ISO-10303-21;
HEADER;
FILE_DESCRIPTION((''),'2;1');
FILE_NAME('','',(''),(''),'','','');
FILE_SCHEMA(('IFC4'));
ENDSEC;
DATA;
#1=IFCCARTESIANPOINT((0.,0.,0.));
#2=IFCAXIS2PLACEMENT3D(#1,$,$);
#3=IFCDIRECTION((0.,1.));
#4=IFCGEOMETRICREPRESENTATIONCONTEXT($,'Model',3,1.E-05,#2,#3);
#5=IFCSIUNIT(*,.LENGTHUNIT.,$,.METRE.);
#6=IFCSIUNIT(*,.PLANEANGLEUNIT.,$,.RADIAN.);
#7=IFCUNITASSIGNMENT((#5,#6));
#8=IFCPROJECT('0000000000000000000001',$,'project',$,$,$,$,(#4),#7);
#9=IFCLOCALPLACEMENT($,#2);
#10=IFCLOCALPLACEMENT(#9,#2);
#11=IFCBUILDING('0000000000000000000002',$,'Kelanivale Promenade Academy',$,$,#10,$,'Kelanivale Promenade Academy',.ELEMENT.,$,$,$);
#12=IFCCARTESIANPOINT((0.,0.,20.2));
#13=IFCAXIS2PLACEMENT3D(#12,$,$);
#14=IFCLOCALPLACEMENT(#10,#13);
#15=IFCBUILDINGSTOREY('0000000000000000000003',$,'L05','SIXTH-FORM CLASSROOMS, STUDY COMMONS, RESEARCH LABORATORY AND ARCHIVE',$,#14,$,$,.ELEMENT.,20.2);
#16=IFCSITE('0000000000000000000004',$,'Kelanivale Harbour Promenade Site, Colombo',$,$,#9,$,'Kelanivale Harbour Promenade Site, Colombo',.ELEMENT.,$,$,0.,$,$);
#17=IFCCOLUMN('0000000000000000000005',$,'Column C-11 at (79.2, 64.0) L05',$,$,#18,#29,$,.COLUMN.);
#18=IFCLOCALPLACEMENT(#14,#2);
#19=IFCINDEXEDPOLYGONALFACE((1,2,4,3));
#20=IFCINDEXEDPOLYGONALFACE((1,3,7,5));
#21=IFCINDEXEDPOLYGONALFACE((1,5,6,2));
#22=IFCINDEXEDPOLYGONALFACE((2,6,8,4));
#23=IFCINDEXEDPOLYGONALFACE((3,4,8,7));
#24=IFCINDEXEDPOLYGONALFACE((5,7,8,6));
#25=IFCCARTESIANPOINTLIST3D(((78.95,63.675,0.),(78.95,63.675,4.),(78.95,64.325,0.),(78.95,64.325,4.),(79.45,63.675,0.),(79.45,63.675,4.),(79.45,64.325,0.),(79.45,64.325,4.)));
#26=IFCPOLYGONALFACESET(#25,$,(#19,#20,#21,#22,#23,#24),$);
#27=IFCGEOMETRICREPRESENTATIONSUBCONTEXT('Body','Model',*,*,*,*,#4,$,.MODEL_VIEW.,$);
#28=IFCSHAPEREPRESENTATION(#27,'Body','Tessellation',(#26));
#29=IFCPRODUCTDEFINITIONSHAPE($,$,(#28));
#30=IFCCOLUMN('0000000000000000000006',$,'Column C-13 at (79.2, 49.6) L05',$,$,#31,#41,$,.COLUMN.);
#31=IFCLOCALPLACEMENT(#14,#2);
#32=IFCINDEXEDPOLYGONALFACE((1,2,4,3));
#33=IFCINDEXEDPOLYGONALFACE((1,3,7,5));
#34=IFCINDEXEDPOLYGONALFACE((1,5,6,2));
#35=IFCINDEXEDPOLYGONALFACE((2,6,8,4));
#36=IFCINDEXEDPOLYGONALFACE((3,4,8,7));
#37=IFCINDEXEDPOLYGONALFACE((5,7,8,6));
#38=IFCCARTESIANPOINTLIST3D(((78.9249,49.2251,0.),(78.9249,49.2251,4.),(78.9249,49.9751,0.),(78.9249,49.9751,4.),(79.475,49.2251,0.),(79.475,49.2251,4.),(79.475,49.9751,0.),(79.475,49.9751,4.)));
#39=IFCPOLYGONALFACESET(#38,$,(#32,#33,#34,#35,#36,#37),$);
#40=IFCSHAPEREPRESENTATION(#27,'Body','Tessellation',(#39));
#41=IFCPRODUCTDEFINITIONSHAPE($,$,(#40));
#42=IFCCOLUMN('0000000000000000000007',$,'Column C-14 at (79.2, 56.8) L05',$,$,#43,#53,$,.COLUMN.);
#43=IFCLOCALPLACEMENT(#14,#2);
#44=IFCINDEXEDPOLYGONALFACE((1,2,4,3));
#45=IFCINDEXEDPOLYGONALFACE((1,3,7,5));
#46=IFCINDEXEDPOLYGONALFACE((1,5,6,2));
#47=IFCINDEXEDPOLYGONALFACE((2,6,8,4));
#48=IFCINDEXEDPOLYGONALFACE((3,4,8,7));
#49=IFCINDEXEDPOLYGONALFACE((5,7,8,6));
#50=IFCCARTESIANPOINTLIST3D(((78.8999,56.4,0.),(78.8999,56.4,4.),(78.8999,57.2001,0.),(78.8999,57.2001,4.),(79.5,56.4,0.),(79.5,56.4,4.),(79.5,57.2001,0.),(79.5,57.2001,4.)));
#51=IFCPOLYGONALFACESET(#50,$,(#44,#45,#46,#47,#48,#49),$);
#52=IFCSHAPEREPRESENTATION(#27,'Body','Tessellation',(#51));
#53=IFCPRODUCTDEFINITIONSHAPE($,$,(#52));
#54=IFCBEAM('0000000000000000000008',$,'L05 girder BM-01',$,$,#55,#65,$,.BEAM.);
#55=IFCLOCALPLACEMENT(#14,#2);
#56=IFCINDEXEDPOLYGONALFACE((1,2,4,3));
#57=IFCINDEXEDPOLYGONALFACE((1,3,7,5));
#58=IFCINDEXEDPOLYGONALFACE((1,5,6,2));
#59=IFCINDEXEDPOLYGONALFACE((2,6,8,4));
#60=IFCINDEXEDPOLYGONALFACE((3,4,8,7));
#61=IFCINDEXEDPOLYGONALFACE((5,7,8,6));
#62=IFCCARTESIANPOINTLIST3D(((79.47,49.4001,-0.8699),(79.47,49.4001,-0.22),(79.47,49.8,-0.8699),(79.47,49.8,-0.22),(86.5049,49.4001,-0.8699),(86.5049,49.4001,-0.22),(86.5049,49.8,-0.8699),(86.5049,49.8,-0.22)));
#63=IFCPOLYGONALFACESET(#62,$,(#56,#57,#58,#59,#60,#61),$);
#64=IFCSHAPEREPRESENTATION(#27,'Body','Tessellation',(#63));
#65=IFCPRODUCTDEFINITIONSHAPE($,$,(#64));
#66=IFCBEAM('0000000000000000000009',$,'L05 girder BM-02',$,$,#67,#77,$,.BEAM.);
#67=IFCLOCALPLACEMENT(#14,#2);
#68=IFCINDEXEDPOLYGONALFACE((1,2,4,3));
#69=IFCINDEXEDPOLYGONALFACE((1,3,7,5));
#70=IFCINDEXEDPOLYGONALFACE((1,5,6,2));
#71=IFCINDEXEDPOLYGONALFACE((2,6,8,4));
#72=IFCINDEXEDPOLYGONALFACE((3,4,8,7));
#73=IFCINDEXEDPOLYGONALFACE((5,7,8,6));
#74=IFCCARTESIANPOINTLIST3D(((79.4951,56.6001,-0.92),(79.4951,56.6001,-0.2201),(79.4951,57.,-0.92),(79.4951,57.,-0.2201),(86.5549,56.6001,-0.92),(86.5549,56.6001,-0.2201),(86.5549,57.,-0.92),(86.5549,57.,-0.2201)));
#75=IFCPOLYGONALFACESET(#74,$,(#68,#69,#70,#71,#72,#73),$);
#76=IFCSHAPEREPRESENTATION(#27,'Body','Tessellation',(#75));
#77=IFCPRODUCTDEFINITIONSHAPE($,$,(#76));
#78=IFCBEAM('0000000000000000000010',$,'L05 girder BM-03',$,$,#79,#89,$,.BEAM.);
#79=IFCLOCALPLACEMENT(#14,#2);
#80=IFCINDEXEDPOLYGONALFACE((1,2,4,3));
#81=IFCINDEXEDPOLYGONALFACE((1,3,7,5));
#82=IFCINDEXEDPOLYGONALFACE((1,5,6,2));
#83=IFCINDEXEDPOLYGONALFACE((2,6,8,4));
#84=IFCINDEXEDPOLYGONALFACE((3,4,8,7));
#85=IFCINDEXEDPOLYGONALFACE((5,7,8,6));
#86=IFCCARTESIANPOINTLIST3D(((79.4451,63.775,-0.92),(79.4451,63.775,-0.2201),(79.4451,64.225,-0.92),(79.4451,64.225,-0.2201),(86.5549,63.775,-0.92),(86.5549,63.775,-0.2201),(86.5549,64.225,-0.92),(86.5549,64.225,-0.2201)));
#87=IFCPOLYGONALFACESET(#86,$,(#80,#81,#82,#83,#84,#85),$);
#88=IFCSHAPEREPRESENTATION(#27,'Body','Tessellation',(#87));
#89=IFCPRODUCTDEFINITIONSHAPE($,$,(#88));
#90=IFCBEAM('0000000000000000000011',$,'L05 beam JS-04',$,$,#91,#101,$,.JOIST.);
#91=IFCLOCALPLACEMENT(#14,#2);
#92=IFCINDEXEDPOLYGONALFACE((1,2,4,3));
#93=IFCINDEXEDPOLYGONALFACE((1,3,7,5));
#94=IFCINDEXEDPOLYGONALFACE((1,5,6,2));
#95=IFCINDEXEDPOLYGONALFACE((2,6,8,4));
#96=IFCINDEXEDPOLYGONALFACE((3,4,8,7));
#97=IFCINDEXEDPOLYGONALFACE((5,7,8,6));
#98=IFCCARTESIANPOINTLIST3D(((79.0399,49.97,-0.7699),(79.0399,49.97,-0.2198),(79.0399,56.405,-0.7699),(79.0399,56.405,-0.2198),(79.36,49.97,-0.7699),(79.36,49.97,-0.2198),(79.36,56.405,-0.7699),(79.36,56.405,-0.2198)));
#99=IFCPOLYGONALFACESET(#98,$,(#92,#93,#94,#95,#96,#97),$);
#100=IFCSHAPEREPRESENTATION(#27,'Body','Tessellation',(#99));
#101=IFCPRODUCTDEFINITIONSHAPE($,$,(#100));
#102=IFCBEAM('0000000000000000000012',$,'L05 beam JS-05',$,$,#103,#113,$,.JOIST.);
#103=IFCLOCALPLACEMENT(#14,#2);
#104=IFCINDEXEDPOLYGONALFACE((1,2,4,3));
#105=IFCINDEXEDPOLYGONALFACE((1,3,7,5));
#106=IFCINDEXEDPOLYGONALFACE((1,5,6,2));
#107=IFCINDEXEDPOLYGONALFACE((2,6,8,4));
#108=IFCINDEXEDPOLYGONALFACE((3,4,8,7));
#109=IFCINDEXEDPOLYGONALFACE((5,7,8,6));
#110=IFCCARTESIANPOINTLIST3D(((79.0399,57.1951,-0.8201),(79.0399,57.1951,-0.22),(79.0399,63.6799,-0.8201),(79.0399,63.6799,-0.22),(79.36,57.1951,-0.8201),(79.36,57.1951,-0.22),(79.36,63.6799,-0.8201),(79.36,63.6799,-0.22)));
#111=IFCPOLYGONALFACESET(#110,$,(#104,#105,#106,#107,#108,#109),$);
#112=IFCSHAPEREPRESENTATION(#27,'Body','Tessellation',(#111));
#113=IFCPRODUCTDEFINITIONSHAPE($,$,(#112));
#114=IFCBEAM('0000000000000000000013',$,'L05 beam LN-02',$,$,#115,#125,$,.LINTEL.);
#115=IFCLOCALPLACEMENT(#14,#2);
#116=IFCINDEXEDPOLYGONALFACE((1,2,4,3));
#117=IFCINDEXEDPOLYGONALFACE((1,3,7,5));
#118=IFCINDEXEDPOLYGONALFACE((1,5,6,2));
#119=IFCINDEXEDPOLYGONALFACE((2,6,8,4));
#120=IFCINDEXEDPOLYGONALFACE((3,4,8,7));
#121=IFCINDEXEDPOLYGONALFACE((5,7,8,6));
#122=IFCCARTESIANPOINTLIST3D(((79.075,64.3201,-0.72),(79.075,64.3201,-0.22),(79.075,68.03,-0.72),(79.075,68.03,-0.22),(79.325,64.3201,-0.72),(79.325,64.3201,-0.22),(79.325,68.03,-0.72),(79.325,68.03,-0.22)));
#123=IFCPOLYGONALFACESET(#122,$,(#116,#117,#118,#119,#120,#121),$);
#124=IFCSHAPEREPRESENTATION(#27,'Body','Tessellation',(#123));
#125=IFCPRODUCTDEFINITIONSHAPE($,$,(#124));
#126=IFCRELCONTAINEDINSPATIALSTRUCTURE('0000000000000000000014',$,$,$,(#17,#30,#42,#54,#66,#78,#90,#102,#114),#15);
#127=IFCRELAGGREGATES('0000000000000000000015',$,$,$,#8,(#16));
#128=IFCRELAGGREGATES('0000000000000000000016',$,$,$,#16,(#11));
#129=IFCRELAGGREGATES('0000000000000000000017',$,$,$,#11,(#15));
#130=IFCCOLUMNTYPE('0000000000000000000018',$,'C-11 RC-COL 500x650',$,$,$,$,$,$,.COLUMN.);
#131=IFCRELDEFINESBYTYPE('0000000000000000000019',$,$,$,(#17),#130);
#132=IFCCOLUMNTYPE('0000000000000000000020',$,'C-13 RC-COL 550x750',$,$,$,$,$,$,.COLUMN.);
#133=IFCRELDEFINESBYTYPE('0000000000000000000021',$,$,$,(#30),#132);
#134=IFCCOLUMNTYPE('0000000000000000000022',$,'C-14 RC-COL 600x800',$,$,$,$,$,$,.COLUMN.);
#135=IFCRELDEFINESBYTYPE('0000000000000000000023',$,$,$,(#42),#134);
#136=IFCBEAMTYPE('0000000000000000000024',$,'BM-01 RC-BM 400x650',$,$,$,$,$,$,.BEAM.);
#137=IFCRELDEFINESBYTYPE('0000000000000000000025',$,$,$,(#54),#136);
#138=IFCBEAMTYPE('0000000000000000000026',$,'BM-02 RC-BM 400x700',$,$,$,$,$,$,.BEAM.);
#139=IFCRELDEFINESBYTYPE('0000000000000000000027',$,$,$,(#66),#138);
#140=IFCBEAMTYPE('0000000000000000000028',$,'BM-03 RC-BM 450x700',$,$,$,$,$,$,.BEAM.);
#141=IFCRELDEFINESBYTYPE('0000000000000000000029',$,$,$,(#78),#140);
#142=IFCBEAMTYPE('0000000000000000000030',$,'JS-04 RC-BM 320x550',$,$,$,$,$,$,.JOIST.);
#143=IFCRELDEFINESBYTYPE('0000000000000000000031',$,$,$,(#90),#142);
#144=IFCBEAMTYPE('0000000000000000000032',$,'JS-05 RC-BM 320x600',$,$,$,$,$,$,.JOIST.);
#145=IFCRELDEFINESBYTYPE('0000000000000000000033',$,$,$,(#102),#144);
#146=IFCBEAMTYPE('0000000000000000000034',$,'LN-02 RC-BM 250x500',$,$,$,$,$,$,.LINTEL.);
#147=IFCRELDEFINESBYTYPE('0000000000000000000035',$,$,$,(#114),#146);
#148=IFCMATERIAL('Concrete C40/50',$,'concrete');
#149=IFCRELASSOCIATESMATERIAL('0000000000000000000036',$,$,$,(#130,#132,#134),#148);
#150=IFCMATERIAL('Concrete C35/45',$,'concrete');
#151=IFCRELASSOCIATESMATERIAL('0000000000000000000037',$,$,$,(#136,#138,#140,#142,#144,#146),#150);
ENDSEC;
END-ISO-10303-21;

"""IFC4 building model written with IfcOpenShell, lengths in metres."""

from ifc_helpers import new_model, si_unit, direction, frame, origin, origin_2d, place, context, subcontext, project, spatial, rectangle, extrude, material, material_profile, profile_set, type_object, element, save


model = new_model("IFC4")

# Units and contexts
model_context = context("Model", 3, precision=1e-05, world=origin(), true_north=direction((0.0, 1.0)))
body_context = subcontext(model_context, "Body", "Model", "MODEL_VIEW")
ifc_project = project(units=[si_unit("LENGTHUNIT", "METRE"), si_unit("PLANEANGLEUNIT", "RADIAN")], contexts=[model_context])

# Site, building, storey
site_placement = place(None, origin())
site = spatial("IfcSite", under=ifc_project, at=site_placement, Name="Kelanivale Harbour Promenade Site, Colombo", LongName="Kelanivale Harbour Promenade Site, Colombo", CompositionType="ELEMENT", RefElevation=0.0)
building_placement = place(site_placement, origin())
building = spatial("IfcBuilding", under=site, at=building_placement, Name="Kelanivale Promenade Academy", LongName="Kelanivale Promenade Academy", CompositionType="ELEMENT")
storey_placement = place(building_placement, frame((0.0, 0.0, 20.2)))
storey = spatial("IfcBuildingStorey", under=building, at=storey_placement, Name="L05", Description="SIXTH-FORM CLASSROOMS, STUDY COMMONS, RESEARCH LABORATORY AND ARCHIVE", CompositionType="ELEMENT", Elevation=20.2)

# Columns
ifc_material_1 = material(Name="Concrete C40/50", Category="concrete")
ifc_material_profile_1 = material_profile(ifc_material_1, rectangle(XDim=0.5, YDim=0.6499, at=origin_2d()), Name="RC-COL 500x650")
ifc_profile_set_1 = profile_set([ifc_material_profile_1], Name="Concrete C40/50")
column_type_1 = type_object("IfcColumnType", Name="C-11 RC-COL 500x650", PredefinedType="COLUMN", material=ifc_profile_set_1)
column_1_placement = place(storey_placement, frame((79.2, 64.0, 0.0), z_axis=(0.0, 0.0, 1.0), x_axis=(1.0, 0.0, 0.0)))
element("IfcColumn", 1, at=column_1_placement, inside=storey, type_object=column_type_1, Name="Column C-11 at (79.2, 64.0) L05", PredefinedType="COLUMN", context=body_context, shape_type="SweptSolid", body=[
    extrude(rectangle(XDim=0.5, YDim=0.6499, at=origin_2d()), origin(), (0.0, 0.0, 1.0), 4.0),
])
ifc_material_profile_2 = material_profile(ifc_material_1, rectangle(XDim=0.55, YDim=0.75, at=origin_2d()), Name="RC-COL 550x750")
ifc_profile_set_2 = profile_set([ifc_material_profile_2], Name="Concrete C40/50")
column_type_2 = type_object("IfcColumnType", Name="C-13 RC-COL 550x750", PredefinedType="COLUMN", material=ifc_profile_set_2)
column_2_placement = place(storey_placement, frame((79.2, 49.6001, 0.0), z_axis=(0.0, 0.0, 1.0), x_axis=(1.0, 0.0, 0.0)))
element("IfcColumn", 2, at=column_2_placement, inside=storey, type_object=column_type_2, Name="Column C-13 at (79.2, 49.6) L05", PredefinedType="COLUMN", context=body_context, shape_type="SweptSolid", body=[
    extrude(rectangle(XDim=0.55, YDim=0.75, at=origin_2d()), origin(), (0.0, 0.0, 1.0), 4.0),
])
ifc_material_profile_3 = material_profile(ifc_material_1, rectangle(XDim=0.6001, YDim=0.8, at=origin_2d()), Name="RC-COL 600x800")
ifc_profile_set_3 = profile_set([ifc_material_profile_3], Name="Concrete C40/50")
column_type_3 = type_object("IfcColumnType", Name="C-14 RC-COL 600x800", PredefinedType="COLUMN", material=ifc_profile_set_3)
column_3_placement = place(storey_placement, frame((79.2, 56.8, 0.0), z_axis=(0.0, 0.0, 1.0), x_axis=(1.0, 0.0, 0.0)))
element("IfcColumn", 3, at=column_3_placement, inside=storey, type_object=column_type_3, Name="Column C-14 at (79.2, 56.8) L05", PredefinedType="COLUMN", context=body_context, shape_type="SweptSolid", body=[
    extrude(rectangle(XDim=0.6001, YDim=0.8, at=origin_2d()), origin(), (0.0, 0.0, 1.0), 4.0),
])

# Beams
ifc_material_2 = material(Name="Concrete C35/45", Category="concrete")
ifc_material_profile_4 = material_profile(ifc_material_2, rectangle(XDim=0.3999, YDim=0.6499, at=origin_2d()), Name="RC-BM 400x650")
ifc_profile_set_4 = profile_set([ifc_material_profile_4], Name="Concrete C35/45")
beam_type_1 = type_object("IfcBeamType", Name="BM-01 RC-BM 400x650", PredefinedType="BEAM", material=ifc_profile_set_4)
beam_1_placement = place(storey_placement, frame((79.47, 49.6001, -0.5449), z_axis=(1.0, 0.0, 0.0), x_axis=(0.0, 1.0, 0.0)))
element("IfcBeam", 4, at=beam_1_placement, inside=storey, type_object=beam_type_1, Name="L05 girder BM-01", PredefinedType="BEAM", context=body_context, shape_type="SweptSolid", body=[
    extrude(rectangle(XDim=0.3999, YDim=0.6499, at=origin_2d()), origin(), (0.0, 0.0, 1.0), 7.0349),
])
ifc_material_profile_5 = material_profile(ifc_material_2, rectangle(XDim=0.3999, YDim=0.7, at=origin_2d()), Name="RC-BM 400x700")
ifc_profile_set_5 = profile_set([ifc_material_profile_5], Name="Concrete C35/45")
beam_type_2 = type_object("IfcBeamType", Name="BM-02 RC-BM 400x700", PredefinedType="BEAM", material=ifc_profile_set_5)
beam_2_placement = place(storey_placement, frame((79.4951, 56.8, -0.5701), z_axis=(1.0, 0.0, 0.0), x_axis=(0.0, 1.0, 0.0)))
element("IfcBeam", 5, at=beam_2_placement, inside=storey, type_object=beam_type_2, Name="L05 girder BM-02", PredefinedType="BEAM", context=body_context, shape_type="SweptSolid", body=[
    extrude(rectangle(XDim=0.3999, YDim=0.7, at=origin_2d()), origin(), (0.0, 0.0, 1.0), 7.0598),
])
ifc_material_profile_6 = material_profile(ifc_material_2, rectangle(XDim=0.45, YDim=0.7, at=origin_2d()), Name="RC-BM 450x700")
ifc_profile_set_6 = profile_set([ifc_material_profile_6], Name="Concrete C35/45")
beam_type_3 = type_object("IfcBeamType", Name="BM-03 RC-BM 450x700", PredefinedType="BEAM", material=ifc_profile_set_6)
beam_3_placement = place(storey_placement, frame((79.4451, 64.0, -0.5701), z_axis=(1.0, 0.0, 0.0), x_axis=(0.0, 1.0, 0.0)))
element("IfcBeam", 6, at=beam_3_placement, inside=storey, type_object=beam_type_3, Name="L05 girder BM-03", PredefinedType="BEAM", context=body_context, shape_type="SweptSolid", body=[
    extrude(rectangle(XDim=0.45, YDim=0.7, at=origin_2d()), origin(), (0.0, 0.0, 1.0), 7.1099),
])
ifc_material_profile_7 = material_profile(ifc_material_2, rectangle(XDim=0.3201, YDim=0.55, at=origin_2d()), Name="RC-BM 320x550")
ifc_profile_set_7 = profile_set([ifc_material_profile_7], Name="Concrete C35/45")
beam_type_4 = type_object("IfcBeamType", Name="JS-04 RC-BM 320x550", PredefinedType="JOIST", material=ifc_profile_set_7)
beam_4_placement = place(storey_placement, frame((79.2, 49.97, -0.4949), z_axis=(0.0, 1.0, 0.0), x_axis=(-1.0, 0.0, 0.0)))
element("IfcBeam", 7, at=beam_4_placement, inside=storey, type_object=beam_type_4, Name="L05 beam JS-04", PredefinedType="JOIST", context=body_context, shape_type="SweptSolid", body=[
    extrude(rectangle(XDim=0.3201, YDim=0.55, at=origin_2d()), origin(), (0.0, 0.0, 1.0), 6.4351),
])
ifc_material_profile_8 = material_profile(ifc_material_2, rectangle(XDim=0.3201, YDim=0.6001, at=origin_2d()), Name="RC-BM 320x600")
ifc_profile_set_8 = profile_set([ifc_material_profile_8], Name="Concrete C35/45")
beam_type_5 = type_object("IfcBeamType", Name="JS-05 RC-BM 320x600", PredefinedType="JOIST", material=ifc_profile_set_8)
beam_5_placement = place(storey_placement, frame((79.2, 57.1951, -0.52), z_axis=(0.0, 1.0, 0.0), x_axis=(-1.0, 0.0, 0.0)))
element("IfcBeam", 8, at=beam_5_placement, inside=storey, type_object=beam_type_5, Name="L05 beam JS-05", PredefinedType="JOIST", context=body_context, shape_type="SweptSolid", body=[
    extrude(rectangle(XDim=0.3201, YDim=0.6001, at=origin_2d()), origin(), (0.0, 0.0, 1.0), 6.4849),
])
ifc_material_profile_9 = material_profile(ifc_material_2, rectangle(XDim=0.25, YDim=0.5, at=origin_2d()), Name="RC-BM 250x500")
ifc_profile_set_9 = profile_set([ifc_material_profile_9], Name="Concrete C35/45")
beam_type_6 = type_object("IfcBeamType", Name="LN-02 RC-BM 250x500", PredefinedType="LINTEL", material=ifc_profile_set_9)
beam_6_placement = place(storey_placement, frame((79.2, 64.3201, -0.47), z_axis=(0.0, 1.0, 0.0), x_axis=(-1.0, 0.0, 0.0)))
element("IfcBeam", 9, at=beam_6_placement, inside=storey, type_object=beam_type_6, Name="L05 beam LN-02", PredefinedType="LINTEL", context=body_context, shape_type="SweptSolid", body=[
    extrude(rectangle(XDim=0.25, YDim=0.5, at=origin_2d()), origin(), (0.0, 0.0, 1.0), 3.71),
])

save(model, "model.ifc")
